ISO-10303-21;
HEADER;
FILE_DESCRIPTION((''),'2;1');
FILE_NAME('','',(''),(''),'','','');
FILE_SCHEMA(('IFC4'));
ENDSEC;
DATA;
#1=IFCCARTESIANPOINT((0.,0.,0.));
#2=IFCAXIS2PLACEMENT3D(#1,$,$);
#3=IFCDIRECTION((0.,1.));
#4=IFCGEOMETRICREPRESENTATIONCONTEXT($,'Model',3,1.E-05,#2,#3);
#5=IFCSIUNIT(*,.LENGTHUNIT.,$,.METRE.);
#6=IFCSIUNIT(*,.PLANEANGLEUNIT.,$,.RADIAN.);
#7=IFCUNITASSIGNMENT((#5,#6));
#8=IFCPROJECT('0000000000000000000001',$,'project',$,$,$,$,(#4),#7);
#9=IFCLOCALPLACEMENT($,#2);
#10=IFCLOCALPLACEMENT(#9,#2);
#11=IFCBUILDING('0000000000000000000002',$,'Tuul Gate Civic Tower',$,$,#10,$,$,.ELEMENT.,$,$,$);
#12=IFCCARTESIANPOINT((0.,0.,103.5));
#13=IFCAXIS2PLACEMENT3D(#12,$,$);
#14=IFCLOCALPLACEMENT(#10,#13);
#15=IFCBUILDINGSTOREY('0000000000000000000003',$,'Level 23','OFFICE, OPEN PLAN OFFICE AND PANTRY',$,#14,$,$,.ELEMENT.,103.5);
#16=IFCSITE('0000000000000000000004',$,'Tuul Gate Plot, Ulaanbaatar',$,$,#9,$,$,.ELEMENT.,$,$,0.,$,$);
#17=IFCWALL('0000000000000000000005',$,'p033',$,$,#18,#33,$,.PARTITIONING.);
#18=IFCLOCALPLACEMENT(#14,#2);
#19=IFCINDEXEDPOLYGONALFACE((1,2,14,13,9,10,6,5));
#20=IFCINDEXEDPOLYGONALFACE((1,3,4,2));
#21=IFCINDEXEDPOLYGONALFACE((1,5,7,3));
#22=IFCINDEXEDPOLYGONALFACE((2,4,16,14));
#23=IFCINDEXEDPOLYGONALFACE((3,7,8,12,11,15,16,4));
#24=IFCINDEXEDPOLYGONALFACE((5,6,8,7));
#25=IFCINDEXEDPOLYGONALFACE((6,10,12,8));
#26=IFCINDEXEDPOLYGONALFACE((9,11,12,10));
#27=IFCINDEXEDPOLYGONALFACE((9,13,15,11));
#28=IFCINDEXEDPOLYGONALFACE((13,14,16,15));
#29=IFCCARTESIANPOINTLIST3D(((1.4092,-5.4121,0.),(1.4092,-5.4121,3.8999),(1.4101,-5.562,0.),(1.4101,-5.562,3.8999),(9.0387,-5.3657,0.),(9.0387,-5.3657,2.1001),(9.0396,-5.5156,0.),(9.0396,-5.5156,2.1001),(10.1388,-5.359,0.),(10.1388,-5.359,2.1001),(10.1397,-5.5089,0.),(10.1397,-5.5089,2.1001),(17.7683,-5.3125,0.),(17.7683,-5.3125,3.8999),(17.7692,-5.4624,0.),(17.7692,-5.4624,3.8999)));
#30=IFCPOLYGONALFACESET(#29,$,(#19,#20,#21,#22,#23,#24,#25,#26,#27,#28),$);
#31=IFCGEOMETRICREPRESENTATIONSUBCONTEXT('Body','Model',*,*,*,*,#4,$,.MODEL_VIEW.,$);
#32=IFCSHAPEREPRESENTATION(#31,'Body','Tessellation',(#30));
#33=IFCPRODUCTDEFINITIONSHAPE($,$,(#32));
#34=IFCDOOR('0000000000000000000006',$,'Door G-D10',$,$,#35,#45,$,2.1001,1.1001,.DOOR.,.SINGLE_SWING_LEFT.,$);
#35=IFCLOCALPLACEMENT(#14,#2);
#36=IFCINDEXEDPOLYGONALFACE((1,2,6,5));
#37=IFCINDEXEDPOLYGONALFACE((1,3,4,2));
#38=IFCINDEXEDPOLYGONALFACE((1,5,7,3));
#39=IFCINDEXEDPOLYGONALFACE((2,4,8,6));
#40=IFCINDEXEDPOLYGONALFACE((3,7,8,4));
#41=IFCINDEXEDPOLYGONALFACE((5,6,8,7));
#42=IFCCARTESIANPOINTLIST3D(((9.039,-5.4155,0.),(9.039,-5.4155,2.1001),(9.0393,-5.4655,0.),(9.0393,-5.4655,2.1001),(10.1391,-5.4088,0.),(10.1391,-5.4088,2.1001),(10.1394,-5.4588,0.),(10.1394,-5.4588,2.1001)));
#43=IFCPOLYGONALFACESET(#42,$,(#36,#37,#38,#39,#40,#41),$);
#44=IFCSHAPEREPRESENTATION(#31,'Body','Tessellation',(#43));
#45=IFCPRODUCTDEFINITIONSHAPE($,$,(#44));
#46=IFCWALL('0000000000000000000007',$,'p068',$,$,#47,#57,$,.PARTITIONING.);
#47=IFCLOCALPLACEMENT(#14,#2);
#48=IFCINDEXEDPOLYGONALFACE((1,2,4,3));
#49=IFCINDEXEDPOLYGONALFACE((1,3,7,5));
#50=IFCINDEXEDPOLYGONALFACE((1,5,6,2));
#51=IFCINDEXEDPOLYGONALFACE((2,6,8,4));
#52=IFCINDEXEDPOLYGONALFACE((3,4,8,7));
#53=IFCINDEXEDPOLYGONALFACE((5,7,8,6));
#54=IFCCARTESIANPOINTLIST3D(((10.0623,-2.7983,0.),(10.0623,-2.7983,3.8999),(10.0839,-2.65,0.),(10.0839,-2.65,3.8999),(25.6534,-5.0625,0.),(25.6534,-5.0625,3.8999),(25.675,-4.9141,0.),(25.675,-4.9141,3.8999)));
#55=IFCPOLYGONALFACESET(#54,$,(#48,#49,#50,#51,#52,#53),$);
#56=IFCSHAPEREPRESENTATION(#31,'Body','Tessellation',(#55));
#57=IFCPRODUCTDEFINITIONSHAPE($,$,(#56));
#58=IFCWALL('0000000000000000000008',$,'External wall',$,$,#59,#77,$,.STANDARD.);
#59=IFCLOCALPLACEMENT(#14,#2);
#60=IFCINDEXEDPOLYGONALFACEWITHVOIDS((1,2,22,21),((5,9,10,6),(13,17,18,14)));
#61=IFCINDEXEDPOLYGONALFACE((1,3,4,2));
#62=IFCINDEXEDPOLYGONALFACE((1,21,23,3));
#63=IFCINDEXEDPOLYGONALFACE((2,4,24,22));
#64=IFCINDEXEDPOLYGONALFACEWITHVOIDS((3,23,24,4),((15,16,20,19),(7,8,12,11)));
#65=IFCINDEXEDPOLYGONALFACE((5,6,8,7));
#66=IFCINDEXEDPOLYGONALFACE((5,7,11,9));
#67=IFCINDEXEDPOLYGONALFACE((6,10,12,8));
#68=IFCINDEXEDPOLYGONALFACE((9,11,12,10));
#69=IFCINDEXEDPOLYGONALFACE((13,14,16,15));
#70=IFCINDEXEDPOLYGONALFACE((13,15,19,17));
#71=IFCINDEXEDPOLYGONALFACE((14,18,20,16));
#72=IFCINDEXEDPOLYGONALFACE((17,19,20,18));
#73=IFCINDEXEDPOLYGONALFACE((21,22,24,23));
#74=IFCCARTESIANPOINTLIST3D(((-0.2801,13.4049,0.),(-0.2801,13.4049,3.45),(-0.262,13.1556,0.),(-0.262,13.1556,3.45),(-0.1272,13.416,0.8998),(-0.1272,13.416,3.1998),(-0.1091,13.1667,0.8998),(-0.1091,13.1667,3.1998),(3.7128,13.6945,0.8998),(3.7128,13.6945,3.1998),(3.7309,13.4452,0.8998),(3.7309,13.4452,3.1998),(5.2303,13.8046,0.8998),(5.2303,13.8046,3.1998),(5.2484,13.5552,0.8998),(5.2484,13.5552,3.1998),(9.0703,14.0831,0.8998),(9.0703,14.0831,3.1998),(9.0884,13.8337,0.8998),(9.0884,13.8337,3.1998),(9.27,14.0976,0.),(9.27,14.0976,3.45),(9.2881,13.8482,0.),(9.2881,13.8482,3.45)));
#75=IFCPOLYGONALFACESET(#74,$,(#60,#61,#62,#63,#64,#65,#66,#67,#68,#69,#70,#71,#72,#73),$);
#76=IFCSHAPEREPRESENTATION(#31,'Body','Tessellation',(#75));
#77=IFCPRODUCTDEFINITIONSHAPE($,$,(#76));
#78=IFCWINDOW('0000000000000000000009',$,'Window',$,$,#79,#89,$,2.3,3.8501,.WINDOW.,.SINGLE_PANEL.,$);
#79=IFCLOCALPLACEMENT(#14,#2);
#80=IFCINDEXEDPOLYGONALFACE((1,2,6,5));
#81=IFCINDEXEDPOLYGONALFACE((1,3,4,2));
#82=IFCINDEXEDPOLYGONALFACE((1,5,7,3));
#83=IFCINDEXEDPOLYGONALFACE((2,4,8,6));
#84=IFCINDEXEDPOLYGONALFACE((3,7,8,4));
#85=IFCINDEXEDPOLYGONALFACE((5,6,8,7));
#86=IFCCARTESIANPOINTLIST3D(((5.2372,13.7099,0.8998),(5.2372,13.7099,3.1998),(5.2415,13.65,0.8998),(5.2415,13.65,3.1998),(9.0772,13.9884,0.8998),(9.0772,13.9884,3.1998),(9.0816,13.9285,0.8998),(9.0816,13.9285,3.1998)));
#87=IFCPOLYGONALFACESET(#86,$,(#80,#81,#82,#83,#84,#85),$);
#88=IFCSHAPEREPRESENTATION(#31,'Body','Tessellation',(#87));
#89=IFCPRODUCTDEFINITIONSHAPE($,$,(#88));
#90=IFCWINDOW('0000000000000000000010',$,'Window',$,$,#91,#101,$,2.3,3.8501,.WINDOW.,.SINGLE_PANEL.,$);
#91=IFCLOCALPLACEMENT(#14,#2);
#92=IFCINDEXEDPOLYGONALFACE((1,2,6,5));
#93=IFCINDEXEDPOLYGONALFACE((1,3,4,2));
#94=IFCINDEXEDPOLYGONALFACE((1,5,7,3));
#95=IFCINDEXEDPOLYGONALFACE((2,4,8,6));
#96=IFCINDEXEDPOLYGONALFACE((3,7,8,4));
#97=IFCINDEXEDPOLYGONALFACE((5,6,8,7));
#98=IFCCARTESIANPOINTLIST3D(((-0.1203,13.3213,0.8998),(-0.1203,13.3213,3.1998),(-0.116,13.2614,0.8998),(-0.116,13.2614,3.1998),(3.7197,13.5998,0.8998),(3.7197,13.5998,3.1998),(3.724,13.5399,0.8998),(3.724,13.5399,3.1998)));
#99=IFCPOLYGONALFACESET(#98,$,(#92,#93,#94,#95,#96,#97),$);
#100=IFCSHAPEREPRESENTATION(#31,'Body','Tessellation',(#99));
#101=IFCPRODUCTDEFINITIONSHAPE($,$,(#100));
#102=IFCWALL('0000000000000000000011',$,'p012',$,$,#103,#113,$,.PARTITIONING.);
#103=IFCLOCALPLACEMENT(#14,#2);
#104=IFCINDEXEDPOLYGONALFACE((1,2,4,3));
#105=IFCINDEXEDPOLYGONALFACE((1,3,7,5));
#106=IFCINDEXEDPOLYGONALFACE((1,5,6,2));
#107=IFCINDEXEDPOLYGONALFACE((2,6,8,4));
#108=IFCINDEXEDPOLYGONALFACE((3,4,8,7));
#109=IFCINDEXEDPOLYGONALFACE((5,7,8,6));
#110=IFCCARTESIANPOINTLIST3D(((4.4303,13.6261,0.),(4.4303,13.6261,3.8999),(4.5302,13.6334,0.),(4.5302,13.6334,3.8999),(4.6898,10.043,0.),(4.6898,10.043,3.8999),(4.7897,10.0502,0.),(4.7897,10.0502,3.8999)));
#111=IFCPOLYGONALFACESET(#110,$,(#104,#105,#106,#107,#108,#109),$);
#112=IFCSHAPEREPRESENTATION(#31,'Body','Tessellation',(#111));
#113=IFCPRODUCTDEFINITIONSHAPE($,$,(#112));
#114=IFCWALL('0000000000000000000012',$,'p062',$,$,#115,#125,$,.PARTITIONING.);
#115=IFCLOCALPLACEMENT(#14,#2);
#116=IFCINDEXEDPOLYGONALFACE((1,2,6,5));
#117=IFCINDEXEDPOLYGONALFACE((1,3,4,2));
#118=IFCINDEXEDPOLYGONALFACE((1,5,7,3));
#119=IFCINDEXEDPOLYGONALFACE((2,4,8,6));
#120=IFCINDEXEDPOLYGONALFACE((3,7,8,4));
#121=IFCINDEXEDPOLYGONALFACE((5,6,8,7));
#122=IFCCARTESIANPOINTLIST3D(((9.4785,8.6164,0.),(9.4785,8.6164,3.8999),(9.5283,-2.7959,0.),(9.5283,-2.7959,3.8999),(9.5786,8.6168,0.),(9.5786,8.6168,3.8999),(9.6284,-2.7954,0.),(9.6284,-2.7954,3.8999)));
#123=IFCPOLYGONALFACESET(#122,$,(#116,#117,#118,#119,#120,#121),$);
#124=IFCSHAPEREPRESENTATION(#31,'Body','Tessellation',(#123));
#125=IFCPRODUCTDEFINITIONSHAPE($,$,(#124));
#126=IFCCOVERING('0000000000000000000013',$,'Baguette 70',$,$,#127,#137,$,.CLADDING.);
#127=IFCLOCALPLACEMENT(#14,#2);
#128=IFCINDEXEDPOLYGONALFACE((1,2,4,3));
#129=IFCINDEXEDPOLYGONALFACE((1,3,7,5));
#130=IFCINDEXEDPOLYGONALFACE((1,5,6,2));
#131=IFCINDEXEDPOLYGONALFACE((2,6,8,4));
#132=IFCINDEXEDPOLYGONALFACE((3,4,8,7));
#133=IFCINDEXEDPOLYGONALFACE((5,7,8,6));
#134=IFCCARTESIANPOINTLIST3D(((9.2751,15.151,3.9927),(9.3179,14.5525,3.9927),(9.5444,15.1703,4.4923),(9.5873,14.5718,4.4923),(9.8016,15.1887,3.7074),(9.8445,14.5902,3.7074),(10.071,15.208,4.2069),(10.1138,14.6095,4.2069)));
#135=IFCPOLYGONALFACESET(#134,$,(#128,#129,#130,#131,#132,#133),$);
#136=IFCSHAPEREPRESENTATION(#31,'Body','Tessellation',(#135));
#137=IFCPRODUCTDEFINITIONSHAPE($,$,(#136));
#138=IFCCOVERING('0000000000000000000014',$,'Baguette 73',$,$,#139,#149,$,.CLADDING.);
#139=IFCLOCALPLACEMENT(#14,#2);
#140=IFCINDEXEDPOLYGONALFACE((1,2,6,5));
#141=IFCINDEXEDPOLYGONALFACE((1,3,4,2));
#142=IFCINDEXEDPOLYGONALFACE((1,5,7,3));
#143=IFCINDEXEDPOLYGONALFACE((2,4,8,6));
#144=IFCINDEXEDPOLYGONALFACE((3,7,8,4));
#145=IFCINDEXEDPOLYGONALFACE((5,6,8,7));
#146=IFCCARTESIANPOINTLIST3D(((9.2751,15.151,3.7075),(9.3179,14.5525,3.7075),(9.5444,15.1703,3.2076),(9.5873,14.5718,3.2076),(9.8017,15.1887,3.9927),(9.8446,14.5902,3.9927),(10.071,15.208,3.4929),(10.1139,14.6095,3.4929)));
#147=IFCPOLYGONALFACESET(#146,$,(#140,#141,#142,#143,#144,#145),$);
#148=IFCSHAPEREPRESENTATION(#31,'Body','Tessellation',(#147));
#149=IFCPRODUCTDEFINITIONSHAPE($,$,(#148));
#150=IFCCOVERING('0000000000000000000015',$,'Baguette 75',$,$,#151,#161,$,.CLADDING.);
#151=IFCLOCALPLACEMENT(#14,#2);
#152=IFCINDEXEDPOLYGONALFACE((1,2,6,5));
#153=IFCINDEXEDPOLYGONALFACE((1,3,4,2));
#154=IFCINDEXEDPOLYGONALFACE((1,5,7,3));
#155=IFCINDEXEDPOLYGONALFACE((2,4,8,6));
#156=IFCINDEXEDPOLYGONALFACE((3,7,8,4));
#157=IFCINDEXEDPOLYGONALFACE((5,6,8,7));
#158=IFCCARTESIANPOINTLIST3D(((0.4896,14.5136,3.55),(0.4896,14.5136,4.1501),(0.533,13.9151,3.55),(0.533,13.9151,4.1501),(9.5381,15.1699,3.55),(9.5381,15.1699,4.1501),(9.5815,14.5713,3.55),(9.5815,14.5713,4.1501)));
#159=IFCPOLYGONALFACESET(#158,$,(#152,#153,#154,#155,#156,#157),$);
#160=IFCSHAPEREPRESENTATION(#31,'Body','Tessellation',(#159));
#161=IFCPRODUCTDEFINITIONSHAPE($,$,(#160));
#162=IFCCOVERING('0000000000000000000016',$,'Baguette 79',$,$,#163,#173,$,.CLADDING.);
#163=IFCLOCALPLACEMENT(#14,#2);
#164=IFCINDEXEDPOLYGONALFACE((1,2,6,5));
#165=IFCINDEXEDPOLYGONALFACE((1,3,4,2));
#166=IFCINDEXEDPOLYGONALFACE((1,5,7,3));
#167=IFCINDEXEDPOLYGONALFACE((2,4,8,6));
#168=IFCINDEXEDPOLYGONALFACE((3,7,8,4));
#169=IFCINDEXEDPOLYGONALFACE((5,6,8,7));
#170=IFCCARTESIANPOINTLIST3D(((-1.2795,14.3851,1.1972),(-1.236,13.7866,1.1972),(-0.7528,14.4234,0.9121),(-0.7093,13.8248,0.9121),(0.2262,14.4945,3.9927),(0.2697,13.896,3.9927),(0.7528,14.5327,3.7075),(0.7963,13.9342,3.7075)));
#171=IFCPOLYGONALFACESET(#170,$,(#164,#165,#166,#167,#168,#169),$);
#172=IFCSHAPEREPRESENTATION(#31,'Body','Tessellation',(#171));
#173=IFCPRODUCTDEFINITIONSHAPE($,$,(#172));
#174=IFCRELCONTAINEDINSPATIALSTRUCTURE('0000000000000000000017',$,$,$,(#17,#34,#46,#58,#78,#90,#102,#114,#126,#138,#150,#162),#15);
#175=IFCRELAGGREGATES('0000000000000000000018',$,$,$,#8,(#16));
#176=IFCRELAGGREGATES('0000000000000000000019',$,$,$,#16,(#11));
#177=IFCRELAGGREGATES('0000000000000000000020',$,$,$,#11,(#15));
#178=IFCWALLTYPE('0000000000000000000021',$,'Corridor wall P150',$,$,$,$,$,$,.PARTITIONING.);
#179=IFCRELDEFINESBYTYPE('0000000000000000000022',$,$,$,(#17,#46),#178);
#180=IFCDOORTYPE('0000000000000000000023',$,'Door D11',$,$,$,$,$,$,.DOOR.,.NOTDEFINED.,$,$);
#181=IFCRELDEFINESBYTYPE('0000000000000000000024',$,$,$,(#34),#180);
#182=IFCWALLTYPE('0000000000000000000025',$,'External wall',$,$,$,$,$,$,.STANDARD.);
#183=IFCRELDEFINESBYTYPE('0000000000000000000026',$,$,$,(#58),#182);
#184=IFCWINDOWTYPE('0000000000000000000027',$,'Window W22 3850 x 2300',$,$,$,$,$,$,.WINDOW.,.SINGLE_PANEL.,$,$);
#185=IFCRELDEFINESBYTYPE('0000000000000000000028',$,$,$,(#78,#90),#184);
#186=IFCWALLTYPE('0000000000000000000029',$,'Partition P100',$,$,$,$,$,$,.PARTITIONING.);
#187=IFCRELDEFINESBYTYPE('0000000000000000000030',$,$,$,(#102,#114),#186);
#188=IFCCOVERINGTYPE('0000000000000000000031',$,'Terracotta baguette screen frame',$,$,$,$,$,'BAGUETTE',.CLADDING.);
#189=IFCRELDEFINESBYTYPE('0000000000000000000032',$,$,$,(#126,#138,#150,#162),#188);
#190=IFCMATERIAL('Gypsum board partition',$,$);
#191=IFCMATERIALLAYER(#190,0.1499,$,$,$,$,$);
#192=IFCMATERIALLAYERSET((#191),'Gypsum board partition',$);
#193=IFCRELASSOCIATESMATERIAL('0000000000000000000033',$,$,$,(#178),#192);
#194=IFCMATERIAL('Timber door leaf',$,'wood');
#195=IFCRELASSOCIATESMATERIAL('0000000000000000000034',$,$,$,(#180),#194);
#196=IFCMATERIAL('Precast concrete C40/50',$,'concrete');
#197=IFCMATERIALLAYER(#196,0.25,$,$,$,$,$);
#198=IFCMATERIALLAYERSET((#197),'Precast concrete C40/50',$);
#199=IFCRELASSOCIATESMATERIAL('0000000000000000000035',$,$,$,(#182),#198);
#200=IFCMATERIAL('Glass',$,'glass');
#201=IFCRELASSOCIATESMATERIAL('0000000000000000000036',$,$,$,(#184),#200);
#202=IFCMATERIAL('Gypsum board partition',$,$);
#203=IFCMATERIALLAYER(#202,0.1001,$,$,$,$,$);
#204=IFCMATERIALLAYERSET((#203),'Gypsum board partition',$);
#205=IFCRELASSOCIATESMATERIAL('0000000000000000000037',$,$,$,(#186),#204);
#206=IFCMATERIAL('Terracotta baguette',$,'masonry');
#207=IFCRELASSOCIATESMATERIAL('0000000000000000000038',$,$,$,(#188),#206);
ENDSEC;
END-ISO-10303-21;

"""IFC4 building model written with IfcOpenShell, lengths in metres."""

from ifc_helpers import new_model, si_unit, direction, frame, frame_2d, origin, origin_2d, place, context, subcontext, project, spatial, rectangle, extrude, material, layer, layer_set, material_profile, profile_set, type_object, element, fill, save


model = new_model("IFC4")

# Units and contexts
model_context = context("Model", 3, precision=1e-05, world=origin(), true_north=direction((0.0, 1.0)))
body_context = subcontext(model_context, "Body", "Model", "MODEL_VIEW")
ifc_project = project(units=[si_unit("LENGTHUNIT", "METRE"), si_unit("PLANEANGLEUNIT", "RADIAN")], contexts=[model_context])

# Site, building, storey
site_placement = place(None, origin())
site = spatial("IfcSite", under=ifc_project, at=site_placement, Name="Tuul Gate Plot, Ulaanbaatar", CompositionType="ELEMENT", RefElevation=0.0)
building_placement = place(site_placement, origin())
building = spatial("IfcBuilding", under=site, at=building_placement, Name="Tuul Gate Civic Tower", CompositionType="ELEMENT")
storey_placement = place(building_placement, frame((0.0, 0.0, 103.5)))
storey = spatial("IfcBuildingStorey", under=building, at=storey_placement, Name="Level 23", Description="OFFICE, OPEN PLAN OFFICE AND PANTRY", CompositionType="ELEMENT", Elevation=103.5)

# Wall, opening, door
ifc_material_1 = material(Name="Gypsum board partition")
ifc_layer_1 = layer(ifc_material_1, 0.1499)
ifc_layer_set_1 = layer_set([ifc_layer_1], Name="Gypsum board partition")
wall_type_1 = type_object("IfcWallType", Name="Corridor wall P150", PredefinedType="PARTITIONING", material=ifc_layer_set_1)
wall_1_placement = place(storey_placement, frame((1.4097, -5.4871, 0.0), z_axis=(0.0, 0.0, 1.0), x_axis=(0.999981, 0.006089, 0.0)))
wall_1 = element("IfcWall", 1, at=wall_1_placement, inside=storey, type_object=wall_type_1, Name="p033", PredefinedType="PARTITIONING", context=body_context, shape_type="SweptSolid", body=[
    extrude(rectangle(XDim=16.3594, YDim=0.1499, at=frame_2d((8.1797, 0.0))), origin(), (0.0, 0.0, 1.0), 3.8999),
])
opening_1_placement = place(wall_1_placement, frame((7.6296, 0.0, 0.0)))
opening_1 = element("IfcOpeningElement", 2, at=opening_1_placement, cuts=wall_1, PredefinedType="OPENING", context=body_context, shape_type="SweptSolid", body=[
    extrude(rectangle(XDim=1.1001, YDim=2.1001, at=frame_2d((0.55, 1.05))), frame((0.0, 0.085, 0.0), z_axis=(0.0, -1.0, 0.0), x_axis=(1.0, 0.0, 0.0)), (0.0, 0.0, 1.0), 0.1699),
])
ifc_material_2 = material(Name="Timber door leaf", Category="wood")
door_type = type_object("IfcDoorType", Name="Door D11", OperationType="NOTDEFINED", PredefinedType="DOOR", material=ifc_material_2)
door_placement = place(opening_1_placement, frame((1.1001, 0.0, 0.0), z_axis=(0.0, 0.0, 1.0), x_axis=(-1.0, 0.0, 0.0)))
door = element("IfcDoor", 3, at=door_placement, inside=storey, type_object=door_type, Name="Door G-D10", OperationType="SINGLE_SWING_LEFT", OverallHeight=2.1001, OverallWidth=1.1001, PredefinedType="DOOR", context=body_context, shape_type="SweptSolid", body=[
    extrude(rectangle(XDim=1.1001, YDim=2.1001, at=frame_2d((0.55, 1.05))), frame((0.0, 0.0249, 0.0), z_axis=(0.0, -1.0, 0.0), x_axis=(1.0, 0.0, 0.0)), (0.0, 0.0, 1.0), 0.05),
])
fill(opening_1, door)

# Wall
wall_2_placement = place(storey_placement, frame((10.073, -2.7241, 0.0), z_axis=(0.0, 0.0, 1.0), x_axis=(0.989619, -0.143714, 0.0)))
element("IfcWall", 4, at=wall_2_placement, inside=storey, type_object=wall_type_1, Name="p068", PredefinedType="PARTITIONING", context=body_context, shape_type="SweptSolid", body=[
    extrude(rectangle(XDim=15.7546, YDim=0.1499, at=frame_2d((7.8774, 0.0))), origin(), (0.0, 0.0, 1.0), 3.8999),
])

# Wall, openings, windows
ifc_material_3 = material(Name="Precast concrete C40/50", Category="concrete")
ifc_layer_2 = layer(ifc_material_3, 0.25)
ifc_layer_set_2 = layer_set([ifc_layer_2], Name="Precast concrete C40/50")
wall_type_2 = type_object("IfcWallType", Name="External wall", PredefinedType="STANDARD", material=ifc_layer_set_2)
wall_3_placement = place(storey_placement, frame((9.2791, 13.9729, 0.0), z_axis=(0.0, 0.0, 1.0), x_axis=(-0.99738, -0.072336, 0.0)))
wall_3 = element("IfcWall", 5, at=wall_3_placement, inside=storey, type_object=wall_type_2, Name="External wall", PredefinedType="STANDARD", context=body_context, shape_type="SweptSolid", body=[
    extrude(rectangle(XDim=9.5752, YDim=0.25, at=frame_2d((4.7876, 0.0))), origin(), (0.0, 0.0, 1.0), 3.45),
])
opening_2_placement = place(wall_3_placement, frame((0.2002, 0.0, 0.8999)))
opening_2 = element("IfcOpeningElement", 6, at=opening_2_placement, cuts=wall_3, PredefinedType="OPENING", context=body_context, shape_type="SweptSolid", body=[
    extrude(rectangle(XDim=3.8501, YDim=2.3, at=frame_2d((1.925, 1.1499))), frame((0.0, 0.135, 0.0), z_axis=(0.0, -1.0, 0.0), x_axis=(1.0, 0.0, 0.0)), (0.0, 0.0, 1.0), 0.27),
])
opening_3_placement = place(wall_3_placement, frame((5.5718, 0.0, 0.8999)))
opening_3 = element("IfcOpeningElement", 7, at=opening_3_placement, cuts=wall_3, PredefinedType="OPENING", context=body_context, shape_type="SweptSolid", body=[
    extrude(rectangle(XDim=3.8501, YDim=2.3, at=frame_2d((1.925, 1.1499))), frame((0.0, 0.135, 0.0), z_axis=(0.0, -1.0, 0.0), x_axis=(1.0, 0.0, 0.0)), (0.0, 0.0, 1.0), 0.27),
])
ifc_material_4 = material(Name="Glass", Category="glass")
window_type = type_object("IfcWindowType", Name="Window W22 3850 x 2300", PartitioningType="SINGLE_PANEL", PredefinedType="WINDOW", material=ifc_material_4)
window_1_placement = place(opening_2_placement, origin())
window_1 = element("IfcWindow", 8, at=window_1_placement, inside=storey, type_object=window_type, Name="Window", OverallHeight=2.3, OverallWidth=3.8501, PartitioningType="SINGLE_PANEL", PredefinedType="WINDOW", context=body_context, shape_type="SweptSolid", body=[
    extrude(rectangle(XDim=3.8501, YDim=2.3, at=frame_2d((1.925, 1.1499))), frame((0.0, 0.03, 0.0), z_axis=(0.0, -1.0, 0.0), x_axis=(1.0, 0.0, 0.0)), (0.0, 0.0, 1.0), 0.0601),
])
fill(opening_2, window_1)
window_2_placement = place(opening_3_placement, origin())
window_2 = element("IfcWindow", 9, at=window_2_placement, inside=storey, type_object=window_type, Name="Window", OverallHeight=2.3, OverallWidth=3.8501, PartitioningType="SINGLE_PANEL", PredefinedType="WINDOW", context=body_context, shape_type="SweptSolid", body=[
    extrude(rectangle(XDim=3.8501, YDim=2.3, at=frame_2d((1.925, 1.1499))), frame((0.0, 0.03, 0.0), z_axis=(0.0, -1.0, 0.0), x_axis=(1.0, 0.0, 0.0)), (0.0, 0.0, 1.0), 0.0601),
])
fill(opening_3, window_2)

# Walls
ifc_material_5 = material(Name="Gypsum board partition")
ifc_layer_3 = layer(ifc_material_5, 0.1001)
ifc_layer_set_3 = layer_set([ifc_layer_3], Name="Gypsum board partition")
wall_type_3 = type_object("IfcWallType", Name="Partition P100", PredefinedType="PARTITIONING", material=ifc_layer_set_3)
wall_4_placement = place(storey_placement, frame((4.4802, 13.6299, 0.0), z_axis=(0.0, 0.0, 1.0), x_axis=(0.072237, -0.997387, 0.0)))
element("IfcWall", 10, at=wall_4_placement, inside=storey, type_object=wall_type_3, Name="p012", PredefinedType="PARTITIONING", context=body_context, shape_type="SweptSolid", body=[
    extrude(rectangle(XDim=3.5925, YDim=0.1001, at=frame_2d((1.7964, 0.0))), origin(), (0.0, 0.0, 1.0), 3.8999),
])
wall_5_placement = place(storey_placement, frame((9.5286, 8.6165, 0.0), z_axis=(0.0, 0.0, 1.0), x_axis=(0.004364, -0.99999, 0.0)))
element("IfcWall", 11, at=wall_5_placement, inside=storey, type_object=wall_type_3, Name="p062", PredefinedType="PARTITIONING", context=body_context, shape_type="SweptSolid", body=[
    extrude(rectangle(XDim=11.4124, YDim=0.1001, at=frame_2d((5.7061, 0.0))), origin(), (0.0, 0.0, 1.0), 3.8999),
])

# Coverings
ifc_material_6 = material(Name="Terracotta baguette", Category="masonry")
ifc_material_profile_1 = material_profile(ifc_material_6, rectangle(XDim=0.6001, YDim=0.6001, at=origin_2d()), Name="Terracotta baguette screen frame")
ifc_profile_set_1 = profile_set([ifc_material_profile_1], Name="Terracotta baguette")
covering_type = type_object("IfcCoveringType", Name="Terracotta baguette screen frame", ElementType="BAGUETTE", PredefinedType="CLADDING", material=ifc_profile_set_1)
covering_1_placement = place(storey_placement, frame((9.8291, 14.8899, 4.3496), z_axis=(-0.474262, -0.033968, -0.879728), x_axis=(0.07144, -0.997445, 0.0)))
element("IfcCovering", 12, at=covering_1_placement, inside=storey, type_object=covering_type, Name="Baguette 70", PredefinedType="CLADDING", context=body_context, shape_type="SweptSolid", body=[
    extrude(rectangle(XDim=0.6001, YDim=0.6001, at=origin_2d()), origin(), (0.0, 0.0, 1.0), 0.5679),
])
covering_2_placement = place(storey_placement, frame((9.5598, 14.8706, 3.8501), z_axis=(0.474083, 0.033955, -0.879825), x_axis=(-0.07144, 0.997445, 0.0)))
element("IfcCovering", 13, at=covering_2_placement, inside=storey, type_object=covering_type, Name="Baguette 73", PredefinedType="CLADDING", context=body_context, shape_type="SweptSolid", body=[
    extrude(rectangle(XDim=0.6001, YDim=0.6001, at=origin_2d()), origin(), (0.0, 0.0, 1.0), 0.5681),
])
covering_3_placement = place(storey_placement, frame((9.5598, 14.8706, 3.8501), z_axis=(-0.99738, -0.072335, 0.0), x_axis=(0.072335, -0.99738, 0.0)))
element("IfcCovering", 14, at=covering_3_placement, inside=storey, type_object=covering_type, Name="Baguette 75", PredefinedType="CLADDING", context=body_context, shape_type="SweptSolid", body=[
    extrude(rectangle(XDim=0.6001, YDim=0.6001, at=origin_2d()), origin(), (0.0, 0.0, 1.0), 9.0723),
])
covering_4_placement = place(storey_placement, frame((0.5112, 14.2144, 3.8501), z_axis=(-0.473915, -0.034427, -0.879897), x_axis=(0.072454, -0.997372, 0.0)))
element("IfcCovering", 15, at=covering_4_placement, inside=storey, type_object=covering_type, Name="Baguette 79", PredefinedType="CLADDING", context=body_context, shape_type="SweptSolid", body=[
    extrude(rectangle(XDim=0.6001, YDim=0.6001, at=origin_2d()), origin(), (0.0, 0.0, 1.0), 3.177),
])

save(model, "model.ifc")
